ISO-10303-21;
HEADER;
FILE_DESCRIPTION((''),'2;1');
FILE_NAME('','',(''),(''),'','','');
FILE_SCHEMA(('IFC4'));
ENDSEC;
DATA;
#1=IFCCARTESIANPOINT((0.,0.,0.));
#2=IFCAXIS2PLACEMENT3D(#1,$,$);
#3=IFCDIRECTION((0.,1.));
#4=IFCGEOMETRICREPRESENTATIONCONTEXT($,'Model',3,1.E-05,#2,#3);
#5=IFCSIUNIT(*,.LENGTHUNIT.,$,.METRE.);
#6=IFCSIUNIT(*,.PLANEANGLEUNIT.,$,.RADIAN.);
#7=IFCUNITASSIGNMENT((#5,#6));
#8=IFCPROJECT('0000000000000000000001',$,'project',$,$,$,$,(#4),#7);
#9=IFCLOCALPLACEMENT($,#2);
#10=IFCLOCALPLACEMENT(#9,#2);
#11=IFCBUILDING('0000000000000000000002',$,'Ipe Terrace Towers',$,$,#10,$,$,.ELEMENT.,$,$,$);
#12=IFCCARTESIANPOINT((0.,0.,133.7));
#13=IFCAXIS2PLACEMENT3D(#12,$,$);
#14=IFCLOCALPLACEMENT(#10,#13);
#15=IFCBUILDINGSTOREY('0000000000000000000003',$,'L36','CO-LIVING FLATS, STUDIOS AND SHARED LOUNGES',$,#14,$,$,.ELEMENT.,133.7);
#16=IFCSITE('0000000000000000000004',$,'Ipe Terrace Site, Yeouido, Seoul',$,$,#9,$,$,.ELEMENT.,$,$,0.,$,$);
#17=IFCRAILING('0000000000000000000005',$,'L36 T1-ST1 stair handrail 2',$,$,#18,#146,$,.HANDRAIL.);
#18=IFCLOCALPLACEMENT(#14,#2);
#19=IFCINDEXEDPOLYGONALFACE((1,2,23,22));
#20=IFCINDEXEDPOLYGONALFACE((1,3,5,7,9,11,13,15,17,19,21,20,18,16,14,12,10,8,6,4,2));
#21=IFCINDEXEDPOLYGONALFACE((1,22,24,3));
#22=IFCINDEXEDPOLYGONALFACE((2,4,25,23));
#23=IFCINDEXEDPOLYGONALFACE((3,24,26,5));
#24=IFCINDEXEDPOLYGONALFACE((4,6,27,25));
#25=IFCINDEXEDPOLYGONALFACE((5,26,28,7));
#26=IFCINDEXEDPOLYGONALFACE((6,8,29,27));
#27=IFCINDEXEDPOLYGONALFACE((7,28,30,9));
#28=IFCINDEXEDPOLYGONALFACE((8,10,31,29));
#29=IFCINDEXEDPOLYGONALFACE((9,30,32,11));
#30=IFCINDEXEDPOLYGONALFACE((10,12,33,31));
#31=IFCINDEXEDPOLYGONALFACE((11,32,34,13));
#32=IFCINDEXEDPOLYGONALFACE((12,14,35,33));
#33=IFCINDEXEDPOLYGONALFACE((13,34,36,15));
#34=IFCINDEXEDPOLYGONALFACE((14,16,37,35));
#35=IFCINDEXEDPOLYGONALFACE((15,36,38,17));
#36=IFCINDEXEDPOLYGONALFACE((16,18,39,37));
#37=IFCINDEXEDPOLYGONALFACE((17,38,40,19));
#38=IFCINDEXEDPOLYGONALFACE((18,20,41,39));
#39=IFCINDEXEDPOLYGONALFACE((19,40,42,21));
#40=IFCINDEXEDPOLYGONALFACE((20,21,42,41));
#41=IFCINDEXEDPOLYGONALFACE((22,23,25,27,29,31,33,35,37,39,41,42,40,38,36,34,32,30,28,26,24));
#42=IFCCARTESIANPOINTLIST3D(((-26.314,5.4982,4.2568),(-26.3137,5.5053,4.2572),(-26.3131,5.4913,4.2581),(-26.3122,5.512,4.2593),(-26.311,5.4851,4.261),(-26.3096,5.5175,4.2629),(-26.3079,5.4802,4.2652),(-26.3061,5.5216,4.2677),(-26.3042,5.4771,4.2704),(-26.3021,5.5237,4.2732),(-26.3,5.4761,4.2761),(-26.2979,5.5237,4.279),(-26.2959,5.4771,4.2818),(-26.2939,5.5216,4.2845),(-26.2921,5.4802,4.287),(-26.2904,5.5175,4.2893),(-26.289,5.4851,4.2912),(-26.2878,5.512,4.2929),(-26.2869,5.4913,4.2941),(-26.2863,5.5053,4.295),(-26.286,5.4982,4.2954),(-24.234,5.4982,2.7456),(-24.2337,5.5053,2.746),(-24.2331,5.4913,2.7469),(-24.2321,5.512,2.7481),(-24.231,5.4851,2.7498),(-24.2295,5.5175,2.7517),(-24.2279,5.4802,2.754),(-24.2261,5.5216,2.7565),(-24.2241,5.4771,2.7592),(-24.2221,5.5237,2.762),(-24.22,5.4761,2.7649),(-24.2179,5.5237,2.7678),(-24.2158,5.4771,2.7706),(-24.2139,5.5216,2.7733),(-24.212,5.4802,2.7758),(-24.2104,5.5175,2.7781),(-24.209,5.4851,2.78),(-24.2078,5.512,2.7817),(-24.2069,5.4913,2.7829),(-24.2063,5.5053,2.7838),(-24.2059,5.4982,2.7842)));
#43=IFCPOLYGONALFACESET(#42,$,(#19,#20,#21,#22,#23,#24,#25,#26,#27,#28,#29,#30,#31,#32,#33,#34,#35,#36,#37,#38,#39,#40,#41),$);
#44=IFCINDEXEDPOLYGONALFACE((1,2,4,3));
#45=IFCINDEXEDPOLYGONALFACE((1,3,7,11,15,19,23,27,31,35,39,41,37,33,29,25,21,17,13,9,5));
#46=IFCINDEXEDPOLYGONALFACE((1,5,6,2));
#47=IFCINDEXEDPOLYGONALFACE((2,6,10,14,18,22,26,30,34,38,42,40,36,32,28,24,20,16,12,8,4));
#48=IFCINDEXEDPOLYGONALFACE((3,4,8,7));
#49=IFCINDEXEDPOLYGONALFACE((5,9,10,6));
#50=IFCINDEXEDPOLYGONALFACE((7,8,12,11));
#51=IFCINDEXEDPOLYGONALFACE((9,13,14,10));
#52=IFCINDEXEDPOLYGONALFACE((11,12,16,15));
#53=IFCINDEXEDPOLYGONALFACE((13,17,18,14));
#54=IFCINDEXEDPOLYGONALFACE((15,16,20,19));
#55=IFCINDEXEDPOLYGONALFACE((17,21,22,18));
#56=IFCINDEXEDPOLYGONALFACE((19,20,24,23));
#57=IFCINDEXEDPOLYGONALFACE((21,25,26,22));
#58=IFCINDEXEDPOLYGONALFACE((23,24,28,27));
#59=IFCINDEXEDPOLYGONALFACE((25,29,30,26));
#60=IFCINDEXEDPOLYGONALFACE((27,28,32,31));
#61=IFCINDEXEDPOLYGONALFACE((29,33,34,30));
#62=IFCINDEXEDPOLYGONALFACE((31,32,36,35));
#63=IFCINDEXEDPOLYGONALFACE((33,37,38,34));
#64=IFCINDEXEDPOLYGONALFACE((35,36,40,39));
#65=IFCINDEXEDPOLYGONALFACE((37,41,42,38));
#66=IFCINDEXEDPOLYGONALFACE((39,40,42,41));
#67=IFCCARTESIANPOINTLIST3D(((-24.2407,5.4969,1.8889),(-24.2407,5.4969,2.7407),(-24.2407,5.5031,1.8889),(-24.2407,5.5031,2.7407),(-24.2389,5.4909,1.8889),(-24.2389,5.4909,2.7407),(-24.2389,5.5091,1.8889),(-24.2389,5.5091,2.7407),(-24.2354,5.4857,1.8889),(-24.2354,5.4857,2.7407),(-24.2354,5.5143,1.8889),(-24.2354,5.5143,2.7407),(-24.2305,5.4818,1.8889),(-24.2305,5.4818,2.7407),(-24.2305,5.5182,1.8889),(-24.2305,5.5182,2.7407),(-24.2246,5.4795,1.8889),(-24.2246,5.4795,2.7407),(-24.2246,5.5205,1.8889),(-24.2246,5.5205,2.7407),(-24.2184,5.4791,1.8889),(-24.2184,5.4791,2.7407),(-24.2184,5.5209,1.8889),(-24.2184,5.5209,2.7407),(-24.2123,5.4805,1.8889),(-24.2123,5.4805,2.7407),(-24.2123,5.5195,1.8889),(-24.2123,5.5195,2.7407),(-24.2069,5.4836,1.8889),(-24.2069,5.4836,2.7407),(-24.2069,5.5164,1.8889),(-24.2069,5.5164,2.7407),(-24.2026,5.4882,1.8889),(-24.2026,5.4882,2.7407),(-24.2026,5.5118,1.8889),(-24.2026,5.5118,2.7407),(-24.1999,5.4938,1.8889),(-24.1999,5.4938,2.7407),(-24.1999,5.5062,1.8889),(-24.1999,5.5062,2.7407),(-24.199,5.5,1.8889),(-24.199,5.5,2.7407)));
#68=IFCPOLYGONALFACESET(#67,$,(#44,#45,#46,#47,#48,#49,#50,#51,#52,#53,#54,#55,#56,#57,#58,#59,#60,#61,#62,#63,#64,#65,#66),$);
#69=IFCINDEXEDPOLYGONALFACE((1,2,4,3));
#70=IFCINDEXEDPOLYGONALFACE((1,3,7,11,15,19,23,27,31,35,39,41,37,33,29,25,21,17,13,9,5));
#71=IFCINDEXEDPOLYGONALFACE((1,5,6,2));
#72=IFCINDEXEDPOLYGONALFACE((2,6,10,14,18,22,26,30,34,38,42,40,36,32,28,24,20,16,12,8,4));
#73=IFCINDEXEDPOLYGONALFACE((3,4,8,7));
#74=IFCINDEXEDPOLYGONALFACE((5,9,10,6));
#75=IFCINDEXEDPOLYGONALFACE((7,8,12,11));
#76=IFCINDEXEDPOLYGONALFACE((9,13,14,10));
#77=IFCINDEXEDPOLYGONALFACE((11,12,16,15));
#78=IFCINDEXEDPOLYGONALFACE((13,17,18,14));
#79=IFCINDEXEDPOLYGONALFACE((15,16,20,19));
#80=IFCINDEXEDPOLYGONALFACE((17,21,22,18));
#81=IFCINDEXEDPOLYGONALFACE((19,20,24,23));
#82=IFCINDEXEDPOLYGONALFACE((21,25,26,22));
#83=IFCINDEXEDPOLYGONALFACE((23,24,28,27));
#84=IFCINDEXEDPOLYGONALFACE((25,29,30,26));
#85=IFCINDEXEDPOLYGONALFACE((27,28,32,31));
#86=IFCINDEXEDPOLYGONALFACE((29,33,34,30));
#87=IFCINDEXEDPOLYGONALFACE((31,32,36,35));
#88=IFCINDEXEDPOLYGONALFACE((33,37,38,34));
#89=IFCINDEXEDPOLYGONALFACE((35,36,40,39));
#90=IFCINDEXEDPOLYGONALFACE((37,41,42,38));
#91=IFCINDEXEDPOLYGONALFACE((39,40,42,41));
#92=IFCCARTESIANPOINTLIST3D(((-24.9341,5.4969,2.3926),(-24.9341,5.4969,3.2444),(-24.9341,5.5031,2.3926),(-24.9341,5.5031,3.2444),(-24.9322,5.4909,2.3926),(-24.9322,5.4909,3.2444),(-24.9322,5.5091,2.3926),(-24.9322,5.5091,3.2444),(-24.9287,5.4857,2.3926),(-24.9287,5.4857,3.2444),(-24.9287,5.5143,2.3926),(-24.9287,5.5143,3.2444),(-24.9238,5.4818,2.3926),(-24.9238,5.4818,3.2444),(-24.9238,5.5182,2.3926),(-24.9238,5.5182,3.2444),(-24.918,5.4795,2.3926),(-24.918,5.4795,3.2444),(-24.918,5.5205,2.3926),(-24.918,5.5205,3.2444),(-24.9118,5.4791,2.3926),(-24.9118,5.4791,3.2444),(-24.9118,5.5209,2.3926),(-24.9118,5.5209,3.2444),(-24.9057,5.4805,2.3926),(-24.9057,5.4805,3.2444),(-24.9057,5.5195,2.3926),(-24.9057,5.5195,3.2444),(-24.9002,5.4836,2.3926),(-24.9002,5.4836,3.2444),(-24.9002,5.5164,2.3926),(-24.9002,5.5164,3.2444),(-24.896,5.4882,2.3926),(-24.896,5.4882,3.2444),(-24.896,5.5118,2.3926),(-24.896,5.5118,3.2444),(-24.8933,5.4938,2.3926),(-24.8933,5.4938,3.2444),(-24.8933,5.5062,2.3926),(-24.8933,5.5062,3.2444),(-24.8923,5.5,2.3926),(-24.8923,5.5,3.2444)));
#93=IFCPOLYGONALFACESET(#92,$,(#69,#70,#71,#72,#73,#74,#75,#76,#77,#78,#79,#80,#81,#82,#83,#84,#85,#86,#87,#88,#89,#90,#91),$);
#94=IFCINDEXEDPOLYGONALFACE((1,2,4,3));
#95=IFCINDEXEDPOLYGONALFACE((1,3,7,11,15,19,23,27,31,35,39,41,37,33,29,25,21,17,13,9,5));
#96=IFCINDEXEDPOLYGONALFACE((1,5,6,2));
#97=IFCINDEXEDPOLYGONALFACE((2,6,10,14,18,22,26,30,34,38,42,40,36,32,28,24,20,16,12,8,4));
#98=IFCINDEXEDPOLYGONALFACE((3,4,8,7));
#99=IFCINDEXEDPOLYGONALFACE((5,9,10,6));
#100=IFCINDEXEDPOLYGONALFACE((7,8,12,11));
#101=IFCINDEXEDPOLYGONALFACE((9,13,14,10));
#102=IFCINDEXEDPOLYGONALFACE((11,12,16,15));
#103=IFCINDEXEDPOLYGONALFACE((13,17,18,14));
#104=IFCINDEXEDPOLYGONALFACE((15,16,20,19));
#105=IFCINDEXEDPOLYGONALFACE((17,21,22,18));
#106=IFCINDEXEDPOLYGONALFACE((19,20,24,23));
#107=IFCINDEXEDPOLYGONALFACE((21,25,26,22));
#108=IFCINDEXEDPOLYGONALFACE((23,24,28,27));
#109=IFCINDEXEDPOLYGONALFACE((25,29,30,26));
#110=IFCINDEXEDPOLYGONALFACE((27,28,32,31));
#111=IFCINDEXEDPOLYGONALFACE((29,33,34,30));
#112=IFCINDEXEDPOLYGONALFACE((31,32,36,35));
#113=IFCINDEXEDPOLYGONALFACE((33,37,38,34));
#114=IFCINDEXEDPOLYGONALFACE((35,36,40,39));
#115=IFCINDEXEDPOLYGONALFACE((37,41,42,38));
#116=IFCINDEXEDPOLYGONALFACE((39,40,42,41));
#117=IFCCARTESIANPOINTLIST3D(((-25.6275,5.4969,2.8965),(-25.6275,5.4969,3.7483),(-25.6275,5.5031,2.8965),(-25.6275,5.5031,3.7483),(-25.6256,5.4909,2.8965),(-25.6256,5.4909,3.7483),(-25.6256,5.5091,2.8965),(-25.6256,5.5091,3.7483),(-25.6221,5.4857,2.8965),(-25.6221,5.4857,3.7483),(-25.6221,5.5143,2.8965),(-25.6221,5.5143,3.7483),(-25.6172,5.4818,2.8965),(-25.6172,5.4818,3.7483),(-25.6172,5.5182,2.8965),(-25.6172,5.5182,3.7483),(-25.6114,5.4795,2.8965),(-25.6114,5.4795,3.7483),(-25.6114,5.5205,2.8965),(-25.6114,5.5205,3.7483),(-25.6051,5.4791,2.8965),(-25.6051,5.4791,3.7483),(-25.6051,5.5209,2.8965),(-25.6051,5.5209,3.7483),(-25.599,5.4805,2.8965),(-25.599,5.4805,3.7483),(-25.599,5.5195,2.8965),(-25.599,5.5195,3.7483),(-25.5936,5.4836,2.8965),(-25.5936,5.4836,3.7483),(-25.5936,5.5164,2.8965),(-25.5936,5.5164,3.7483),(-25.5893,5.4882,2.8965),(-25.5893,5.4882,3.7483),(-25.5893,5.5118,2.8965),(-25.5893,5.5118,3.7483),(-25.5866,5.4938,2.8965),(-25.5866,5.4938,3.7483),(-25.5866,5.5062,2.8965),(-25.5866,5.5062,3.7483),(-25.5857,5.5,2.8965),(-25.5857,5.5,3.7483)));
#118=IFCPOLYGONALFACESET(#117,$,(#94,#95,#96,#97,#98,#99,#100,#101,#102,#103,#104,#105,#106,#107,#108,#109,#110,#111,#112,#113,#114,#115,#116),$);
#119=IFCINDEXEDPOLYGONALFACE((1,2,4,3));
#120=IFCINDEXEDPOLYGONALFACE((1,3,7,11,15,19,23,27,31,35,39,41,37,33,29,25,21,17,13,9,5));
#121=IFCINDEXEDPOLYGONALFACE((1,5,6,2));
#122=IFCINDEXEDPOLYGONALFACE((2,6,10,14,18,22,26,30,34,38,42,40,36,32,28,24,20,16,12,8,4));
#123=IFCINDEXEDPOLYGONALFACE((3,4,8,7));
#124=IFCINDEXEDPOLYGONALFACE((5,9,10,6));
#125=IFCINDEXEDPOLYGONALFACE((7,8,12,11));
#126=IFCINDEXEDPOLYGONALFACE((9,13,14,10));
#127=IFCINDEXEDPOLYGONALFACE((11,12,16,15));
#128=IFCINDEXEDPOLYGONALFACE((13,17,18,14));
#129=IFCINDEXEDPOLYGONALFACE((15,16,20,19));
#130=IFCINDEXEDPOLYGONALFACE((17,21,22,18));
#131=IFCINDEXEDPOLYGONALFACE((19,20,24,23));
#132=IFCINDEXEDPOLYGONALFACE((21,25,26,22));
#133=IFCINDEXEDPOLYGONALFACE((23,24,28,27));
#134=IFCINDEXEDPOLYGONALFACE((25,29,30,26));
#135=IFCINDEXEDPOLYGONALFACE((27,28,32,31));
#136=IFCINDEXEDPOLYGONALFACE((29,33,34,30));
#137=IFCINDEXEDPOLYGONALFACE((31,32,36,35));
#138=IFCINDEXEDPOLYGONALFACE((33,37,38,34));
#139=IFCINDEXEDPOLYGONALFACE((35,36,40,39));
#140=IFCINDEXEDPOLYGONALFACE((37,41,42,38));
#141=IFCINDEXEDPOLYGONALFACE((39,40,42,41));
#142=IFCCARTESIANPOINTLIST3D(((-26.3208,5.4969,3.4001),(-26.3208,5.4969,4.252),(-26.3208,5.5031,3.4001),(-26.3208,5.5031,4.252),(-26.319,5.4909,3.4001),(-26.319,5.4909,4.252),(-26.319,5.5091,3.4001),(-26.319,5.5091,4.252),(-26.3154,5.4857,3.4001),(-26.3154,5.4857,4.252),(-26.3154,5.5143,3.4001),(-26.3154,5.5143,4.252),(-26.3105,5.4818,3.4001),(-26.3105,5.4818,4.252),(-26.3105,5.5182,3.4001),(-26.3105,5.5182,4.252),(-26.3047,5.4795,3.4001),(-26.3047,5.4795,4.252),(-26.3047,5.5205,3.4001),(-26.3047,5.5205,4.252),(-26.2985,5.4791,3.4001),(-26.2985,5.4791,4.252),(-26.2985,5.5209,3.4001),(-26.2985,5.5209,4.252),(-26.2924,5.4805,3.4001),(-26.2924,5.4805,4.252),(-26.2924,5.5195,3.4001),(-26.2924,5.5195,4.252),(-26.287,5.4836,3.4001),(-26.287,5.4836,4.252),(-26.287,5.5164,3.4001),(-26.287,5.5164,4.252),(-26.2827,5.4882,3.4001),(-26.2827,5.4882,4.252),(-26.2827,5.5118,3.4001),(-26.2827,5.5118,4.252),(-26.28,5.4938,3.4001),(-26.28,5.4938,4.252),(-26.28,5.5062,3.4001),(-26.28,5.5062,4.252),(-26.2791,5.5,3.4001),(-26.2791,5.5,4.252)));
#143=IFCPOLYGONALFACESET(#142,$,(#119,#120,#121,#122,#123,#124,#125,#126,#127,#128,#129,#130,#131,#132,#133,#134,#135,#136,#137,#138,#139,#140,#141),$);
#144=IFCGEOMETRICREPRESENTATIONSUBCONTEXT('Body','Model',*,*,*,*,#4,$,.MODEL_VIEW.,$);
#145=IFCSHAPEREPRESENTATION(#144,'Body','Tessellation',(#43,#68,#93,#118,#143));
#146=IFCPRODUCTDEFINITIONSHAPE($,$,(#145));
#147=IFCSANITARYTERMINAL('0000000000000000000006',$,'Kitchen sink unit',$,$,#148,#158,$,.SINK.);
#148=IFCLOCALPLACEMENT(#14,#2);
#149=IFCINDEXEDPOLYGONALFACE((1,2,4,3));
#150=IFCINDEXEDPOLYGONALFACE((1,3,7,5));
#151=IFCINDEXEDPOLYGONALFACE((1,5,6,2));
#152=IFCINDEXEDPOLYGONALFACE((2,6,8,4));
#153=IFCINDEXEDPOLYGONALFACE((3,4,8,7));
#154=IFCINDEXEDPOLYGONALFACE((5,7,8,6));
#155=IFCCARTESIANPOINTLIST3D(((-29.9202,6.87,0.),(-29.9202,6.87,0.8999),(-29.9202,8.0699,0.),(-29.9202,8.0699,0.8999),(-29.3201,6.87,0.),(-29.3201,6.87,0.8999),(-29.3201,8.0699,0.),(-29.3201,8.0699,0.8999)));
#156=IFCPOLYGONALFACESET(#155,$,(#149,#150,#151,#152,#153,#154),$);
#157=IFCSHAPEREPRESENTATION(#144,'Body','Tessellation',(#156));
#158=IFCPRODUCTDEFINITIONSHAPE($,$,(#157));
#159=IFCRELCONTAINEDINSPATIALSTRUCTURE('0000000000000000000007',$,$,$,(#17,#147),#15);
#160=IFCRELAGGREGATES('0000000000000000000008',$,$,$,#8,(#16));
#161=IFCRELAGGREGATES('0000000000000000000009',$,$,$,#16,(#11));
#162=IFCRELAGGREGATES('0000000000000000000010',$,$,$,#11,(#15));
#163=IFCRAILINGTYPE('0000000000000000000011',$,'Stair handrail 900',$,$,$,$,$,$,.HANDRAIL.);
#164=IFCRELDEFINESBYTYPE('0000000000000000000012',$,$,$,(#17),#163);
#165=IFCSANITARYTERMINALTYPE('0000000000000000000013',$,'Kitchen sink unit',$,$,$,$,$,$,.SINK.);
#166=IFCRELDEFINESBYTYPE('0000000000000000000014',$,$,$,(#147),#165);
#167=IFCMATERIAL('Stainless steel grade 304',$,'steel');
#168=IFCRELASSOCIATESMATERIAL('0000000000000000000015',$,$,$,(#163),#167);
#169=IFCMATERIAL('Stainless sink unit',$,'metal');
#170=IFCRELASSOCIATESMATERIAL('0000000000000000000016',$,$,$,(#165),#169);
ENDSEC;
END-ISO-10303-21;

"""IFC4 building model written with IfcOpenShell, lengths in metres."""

from ifc_helpers import new_model, si_unit, direction, frame, origin, origin_2d, place, context, subcontext, project, spatial, rectangle, circle, extrude, material, type_object, element, save


model = new_model("IFC4")

# Units and contexts
model_context = context("Model", 3, precision=1e-05, world=origin(), true_north=direction((0.0, 1.0)))
body_context = subcontext(model_context, "Body", "Model", "MODEL_VIEW")
ifc_project = project(units=[si_unit("LENGTHUNIT", "METRE"), si_unit("PLANEANGLEUNIT", "RADIAN")], contexts=[model_context])

# Site, building, storey
site_placement = place(None, origin())
site = spatial("IfcSite", under=ifc_project, at=site_placement, Name="Ipe Terrace Site, Yeouido, Seoul", CompositionType="ELEMENT", RefElevation=0.0)
building_placement = place(site_placement, origin())
building = spatial("IfcBuilding", under=site, at=building_placement, Name="Ipe Terrace Towers", CompositionType="ELEMENT")
storey_placement = place(building_placement, frame((0.0, 0.0, 133.7)))
storey = spatial("IfcBuildingStorey", under=building, at=storey_placement, Name="L36", Description="CO-LIVING FLATS, STUDIOS AND SHARED LOUNGES", CompositionType="ELEMENT", Elevation=133.7)

# Railing
ifc_material_1 = material(Name="Stainless steel grade 304", Category="steel")
railing_type_1 = type_object("IfcRailingType", Name="Stair handrail 900", PredefinedType="HANDRAIL", material=ifc_material_1)
railing_1_placement = place(storey_placement, frame((-24.22, 5.5, 1.8889)))
element("IfcRailing", 1, at=railing_1_placement, inside=storey, type_object=railing_type_1, Name="L36 T1-ST1 stair handrail 2", PredefinedType="HANDRAIL", context=body_context, shape_type="SweptSolid", body=[
    extrude(circle(Radius=0.0239, at=origin_2d()), frame((0.0, 0.0, 0.876), z_axis=(-0.809023, 0.0, 0.587776), x_axis=(0.0, -1.0, 0.0)), (0.0, 0.0, 1.0), 2.571),
    extrude(circle(Radius=0.021, at=origin_2d()), origin(), (0.0, 0.0, 1.0), 0.8518),
    extrude(circle(Radius=0.021, at=origin_2d()), frame((-0.6934, 0.0, 0.5037)), (0.0, 0.0, 1.0), 0.8518),
    extrude(circle(Radius=0.021, at=origin_2d()), frame((-1.3867, 0.0, 1.0076)), (0.0, 0.0, 1.0), 0.8518),
    extrude(circle(Radius=0.021, at=origin_2d()), frame((-2.0801, 0.0, 1.5112)), (0.0, 0.0, 1.0), 0.8518),
])

# Sanitary terminal
ifc_material_2 = material(Name="Stainless sink unit", Category="metal")
sanitary_terminal_type = type_object("IfcSanitaryTerminalType", Name="Kitchen sink unit", PredefinedType="SINK", material=ifc_material_2)
sanitary_terminal_placement = place(storey_placement, frame((-29.6201, 7.47, 0.0), z_axis=(0.0, 0.0, 1.0), x_axis=(0.0, -1.0, 0.0)))
element("IfcSanitaryTerminal", 2, at=sanitary_terminal_placement, inside=storey, type_object=sanitary_terminal_type, Name="Kitchen sink unit", PredefinedType="SINK", context=body_context, shape_type="SweptSolid", body=[
    extrude(rectangle(XDim=1.2, YDim=0.6001, at=origin_2d()), origin(), (0.0, 0.0, 1.0), 0.8999),
])

save(model, "model.ifc")
